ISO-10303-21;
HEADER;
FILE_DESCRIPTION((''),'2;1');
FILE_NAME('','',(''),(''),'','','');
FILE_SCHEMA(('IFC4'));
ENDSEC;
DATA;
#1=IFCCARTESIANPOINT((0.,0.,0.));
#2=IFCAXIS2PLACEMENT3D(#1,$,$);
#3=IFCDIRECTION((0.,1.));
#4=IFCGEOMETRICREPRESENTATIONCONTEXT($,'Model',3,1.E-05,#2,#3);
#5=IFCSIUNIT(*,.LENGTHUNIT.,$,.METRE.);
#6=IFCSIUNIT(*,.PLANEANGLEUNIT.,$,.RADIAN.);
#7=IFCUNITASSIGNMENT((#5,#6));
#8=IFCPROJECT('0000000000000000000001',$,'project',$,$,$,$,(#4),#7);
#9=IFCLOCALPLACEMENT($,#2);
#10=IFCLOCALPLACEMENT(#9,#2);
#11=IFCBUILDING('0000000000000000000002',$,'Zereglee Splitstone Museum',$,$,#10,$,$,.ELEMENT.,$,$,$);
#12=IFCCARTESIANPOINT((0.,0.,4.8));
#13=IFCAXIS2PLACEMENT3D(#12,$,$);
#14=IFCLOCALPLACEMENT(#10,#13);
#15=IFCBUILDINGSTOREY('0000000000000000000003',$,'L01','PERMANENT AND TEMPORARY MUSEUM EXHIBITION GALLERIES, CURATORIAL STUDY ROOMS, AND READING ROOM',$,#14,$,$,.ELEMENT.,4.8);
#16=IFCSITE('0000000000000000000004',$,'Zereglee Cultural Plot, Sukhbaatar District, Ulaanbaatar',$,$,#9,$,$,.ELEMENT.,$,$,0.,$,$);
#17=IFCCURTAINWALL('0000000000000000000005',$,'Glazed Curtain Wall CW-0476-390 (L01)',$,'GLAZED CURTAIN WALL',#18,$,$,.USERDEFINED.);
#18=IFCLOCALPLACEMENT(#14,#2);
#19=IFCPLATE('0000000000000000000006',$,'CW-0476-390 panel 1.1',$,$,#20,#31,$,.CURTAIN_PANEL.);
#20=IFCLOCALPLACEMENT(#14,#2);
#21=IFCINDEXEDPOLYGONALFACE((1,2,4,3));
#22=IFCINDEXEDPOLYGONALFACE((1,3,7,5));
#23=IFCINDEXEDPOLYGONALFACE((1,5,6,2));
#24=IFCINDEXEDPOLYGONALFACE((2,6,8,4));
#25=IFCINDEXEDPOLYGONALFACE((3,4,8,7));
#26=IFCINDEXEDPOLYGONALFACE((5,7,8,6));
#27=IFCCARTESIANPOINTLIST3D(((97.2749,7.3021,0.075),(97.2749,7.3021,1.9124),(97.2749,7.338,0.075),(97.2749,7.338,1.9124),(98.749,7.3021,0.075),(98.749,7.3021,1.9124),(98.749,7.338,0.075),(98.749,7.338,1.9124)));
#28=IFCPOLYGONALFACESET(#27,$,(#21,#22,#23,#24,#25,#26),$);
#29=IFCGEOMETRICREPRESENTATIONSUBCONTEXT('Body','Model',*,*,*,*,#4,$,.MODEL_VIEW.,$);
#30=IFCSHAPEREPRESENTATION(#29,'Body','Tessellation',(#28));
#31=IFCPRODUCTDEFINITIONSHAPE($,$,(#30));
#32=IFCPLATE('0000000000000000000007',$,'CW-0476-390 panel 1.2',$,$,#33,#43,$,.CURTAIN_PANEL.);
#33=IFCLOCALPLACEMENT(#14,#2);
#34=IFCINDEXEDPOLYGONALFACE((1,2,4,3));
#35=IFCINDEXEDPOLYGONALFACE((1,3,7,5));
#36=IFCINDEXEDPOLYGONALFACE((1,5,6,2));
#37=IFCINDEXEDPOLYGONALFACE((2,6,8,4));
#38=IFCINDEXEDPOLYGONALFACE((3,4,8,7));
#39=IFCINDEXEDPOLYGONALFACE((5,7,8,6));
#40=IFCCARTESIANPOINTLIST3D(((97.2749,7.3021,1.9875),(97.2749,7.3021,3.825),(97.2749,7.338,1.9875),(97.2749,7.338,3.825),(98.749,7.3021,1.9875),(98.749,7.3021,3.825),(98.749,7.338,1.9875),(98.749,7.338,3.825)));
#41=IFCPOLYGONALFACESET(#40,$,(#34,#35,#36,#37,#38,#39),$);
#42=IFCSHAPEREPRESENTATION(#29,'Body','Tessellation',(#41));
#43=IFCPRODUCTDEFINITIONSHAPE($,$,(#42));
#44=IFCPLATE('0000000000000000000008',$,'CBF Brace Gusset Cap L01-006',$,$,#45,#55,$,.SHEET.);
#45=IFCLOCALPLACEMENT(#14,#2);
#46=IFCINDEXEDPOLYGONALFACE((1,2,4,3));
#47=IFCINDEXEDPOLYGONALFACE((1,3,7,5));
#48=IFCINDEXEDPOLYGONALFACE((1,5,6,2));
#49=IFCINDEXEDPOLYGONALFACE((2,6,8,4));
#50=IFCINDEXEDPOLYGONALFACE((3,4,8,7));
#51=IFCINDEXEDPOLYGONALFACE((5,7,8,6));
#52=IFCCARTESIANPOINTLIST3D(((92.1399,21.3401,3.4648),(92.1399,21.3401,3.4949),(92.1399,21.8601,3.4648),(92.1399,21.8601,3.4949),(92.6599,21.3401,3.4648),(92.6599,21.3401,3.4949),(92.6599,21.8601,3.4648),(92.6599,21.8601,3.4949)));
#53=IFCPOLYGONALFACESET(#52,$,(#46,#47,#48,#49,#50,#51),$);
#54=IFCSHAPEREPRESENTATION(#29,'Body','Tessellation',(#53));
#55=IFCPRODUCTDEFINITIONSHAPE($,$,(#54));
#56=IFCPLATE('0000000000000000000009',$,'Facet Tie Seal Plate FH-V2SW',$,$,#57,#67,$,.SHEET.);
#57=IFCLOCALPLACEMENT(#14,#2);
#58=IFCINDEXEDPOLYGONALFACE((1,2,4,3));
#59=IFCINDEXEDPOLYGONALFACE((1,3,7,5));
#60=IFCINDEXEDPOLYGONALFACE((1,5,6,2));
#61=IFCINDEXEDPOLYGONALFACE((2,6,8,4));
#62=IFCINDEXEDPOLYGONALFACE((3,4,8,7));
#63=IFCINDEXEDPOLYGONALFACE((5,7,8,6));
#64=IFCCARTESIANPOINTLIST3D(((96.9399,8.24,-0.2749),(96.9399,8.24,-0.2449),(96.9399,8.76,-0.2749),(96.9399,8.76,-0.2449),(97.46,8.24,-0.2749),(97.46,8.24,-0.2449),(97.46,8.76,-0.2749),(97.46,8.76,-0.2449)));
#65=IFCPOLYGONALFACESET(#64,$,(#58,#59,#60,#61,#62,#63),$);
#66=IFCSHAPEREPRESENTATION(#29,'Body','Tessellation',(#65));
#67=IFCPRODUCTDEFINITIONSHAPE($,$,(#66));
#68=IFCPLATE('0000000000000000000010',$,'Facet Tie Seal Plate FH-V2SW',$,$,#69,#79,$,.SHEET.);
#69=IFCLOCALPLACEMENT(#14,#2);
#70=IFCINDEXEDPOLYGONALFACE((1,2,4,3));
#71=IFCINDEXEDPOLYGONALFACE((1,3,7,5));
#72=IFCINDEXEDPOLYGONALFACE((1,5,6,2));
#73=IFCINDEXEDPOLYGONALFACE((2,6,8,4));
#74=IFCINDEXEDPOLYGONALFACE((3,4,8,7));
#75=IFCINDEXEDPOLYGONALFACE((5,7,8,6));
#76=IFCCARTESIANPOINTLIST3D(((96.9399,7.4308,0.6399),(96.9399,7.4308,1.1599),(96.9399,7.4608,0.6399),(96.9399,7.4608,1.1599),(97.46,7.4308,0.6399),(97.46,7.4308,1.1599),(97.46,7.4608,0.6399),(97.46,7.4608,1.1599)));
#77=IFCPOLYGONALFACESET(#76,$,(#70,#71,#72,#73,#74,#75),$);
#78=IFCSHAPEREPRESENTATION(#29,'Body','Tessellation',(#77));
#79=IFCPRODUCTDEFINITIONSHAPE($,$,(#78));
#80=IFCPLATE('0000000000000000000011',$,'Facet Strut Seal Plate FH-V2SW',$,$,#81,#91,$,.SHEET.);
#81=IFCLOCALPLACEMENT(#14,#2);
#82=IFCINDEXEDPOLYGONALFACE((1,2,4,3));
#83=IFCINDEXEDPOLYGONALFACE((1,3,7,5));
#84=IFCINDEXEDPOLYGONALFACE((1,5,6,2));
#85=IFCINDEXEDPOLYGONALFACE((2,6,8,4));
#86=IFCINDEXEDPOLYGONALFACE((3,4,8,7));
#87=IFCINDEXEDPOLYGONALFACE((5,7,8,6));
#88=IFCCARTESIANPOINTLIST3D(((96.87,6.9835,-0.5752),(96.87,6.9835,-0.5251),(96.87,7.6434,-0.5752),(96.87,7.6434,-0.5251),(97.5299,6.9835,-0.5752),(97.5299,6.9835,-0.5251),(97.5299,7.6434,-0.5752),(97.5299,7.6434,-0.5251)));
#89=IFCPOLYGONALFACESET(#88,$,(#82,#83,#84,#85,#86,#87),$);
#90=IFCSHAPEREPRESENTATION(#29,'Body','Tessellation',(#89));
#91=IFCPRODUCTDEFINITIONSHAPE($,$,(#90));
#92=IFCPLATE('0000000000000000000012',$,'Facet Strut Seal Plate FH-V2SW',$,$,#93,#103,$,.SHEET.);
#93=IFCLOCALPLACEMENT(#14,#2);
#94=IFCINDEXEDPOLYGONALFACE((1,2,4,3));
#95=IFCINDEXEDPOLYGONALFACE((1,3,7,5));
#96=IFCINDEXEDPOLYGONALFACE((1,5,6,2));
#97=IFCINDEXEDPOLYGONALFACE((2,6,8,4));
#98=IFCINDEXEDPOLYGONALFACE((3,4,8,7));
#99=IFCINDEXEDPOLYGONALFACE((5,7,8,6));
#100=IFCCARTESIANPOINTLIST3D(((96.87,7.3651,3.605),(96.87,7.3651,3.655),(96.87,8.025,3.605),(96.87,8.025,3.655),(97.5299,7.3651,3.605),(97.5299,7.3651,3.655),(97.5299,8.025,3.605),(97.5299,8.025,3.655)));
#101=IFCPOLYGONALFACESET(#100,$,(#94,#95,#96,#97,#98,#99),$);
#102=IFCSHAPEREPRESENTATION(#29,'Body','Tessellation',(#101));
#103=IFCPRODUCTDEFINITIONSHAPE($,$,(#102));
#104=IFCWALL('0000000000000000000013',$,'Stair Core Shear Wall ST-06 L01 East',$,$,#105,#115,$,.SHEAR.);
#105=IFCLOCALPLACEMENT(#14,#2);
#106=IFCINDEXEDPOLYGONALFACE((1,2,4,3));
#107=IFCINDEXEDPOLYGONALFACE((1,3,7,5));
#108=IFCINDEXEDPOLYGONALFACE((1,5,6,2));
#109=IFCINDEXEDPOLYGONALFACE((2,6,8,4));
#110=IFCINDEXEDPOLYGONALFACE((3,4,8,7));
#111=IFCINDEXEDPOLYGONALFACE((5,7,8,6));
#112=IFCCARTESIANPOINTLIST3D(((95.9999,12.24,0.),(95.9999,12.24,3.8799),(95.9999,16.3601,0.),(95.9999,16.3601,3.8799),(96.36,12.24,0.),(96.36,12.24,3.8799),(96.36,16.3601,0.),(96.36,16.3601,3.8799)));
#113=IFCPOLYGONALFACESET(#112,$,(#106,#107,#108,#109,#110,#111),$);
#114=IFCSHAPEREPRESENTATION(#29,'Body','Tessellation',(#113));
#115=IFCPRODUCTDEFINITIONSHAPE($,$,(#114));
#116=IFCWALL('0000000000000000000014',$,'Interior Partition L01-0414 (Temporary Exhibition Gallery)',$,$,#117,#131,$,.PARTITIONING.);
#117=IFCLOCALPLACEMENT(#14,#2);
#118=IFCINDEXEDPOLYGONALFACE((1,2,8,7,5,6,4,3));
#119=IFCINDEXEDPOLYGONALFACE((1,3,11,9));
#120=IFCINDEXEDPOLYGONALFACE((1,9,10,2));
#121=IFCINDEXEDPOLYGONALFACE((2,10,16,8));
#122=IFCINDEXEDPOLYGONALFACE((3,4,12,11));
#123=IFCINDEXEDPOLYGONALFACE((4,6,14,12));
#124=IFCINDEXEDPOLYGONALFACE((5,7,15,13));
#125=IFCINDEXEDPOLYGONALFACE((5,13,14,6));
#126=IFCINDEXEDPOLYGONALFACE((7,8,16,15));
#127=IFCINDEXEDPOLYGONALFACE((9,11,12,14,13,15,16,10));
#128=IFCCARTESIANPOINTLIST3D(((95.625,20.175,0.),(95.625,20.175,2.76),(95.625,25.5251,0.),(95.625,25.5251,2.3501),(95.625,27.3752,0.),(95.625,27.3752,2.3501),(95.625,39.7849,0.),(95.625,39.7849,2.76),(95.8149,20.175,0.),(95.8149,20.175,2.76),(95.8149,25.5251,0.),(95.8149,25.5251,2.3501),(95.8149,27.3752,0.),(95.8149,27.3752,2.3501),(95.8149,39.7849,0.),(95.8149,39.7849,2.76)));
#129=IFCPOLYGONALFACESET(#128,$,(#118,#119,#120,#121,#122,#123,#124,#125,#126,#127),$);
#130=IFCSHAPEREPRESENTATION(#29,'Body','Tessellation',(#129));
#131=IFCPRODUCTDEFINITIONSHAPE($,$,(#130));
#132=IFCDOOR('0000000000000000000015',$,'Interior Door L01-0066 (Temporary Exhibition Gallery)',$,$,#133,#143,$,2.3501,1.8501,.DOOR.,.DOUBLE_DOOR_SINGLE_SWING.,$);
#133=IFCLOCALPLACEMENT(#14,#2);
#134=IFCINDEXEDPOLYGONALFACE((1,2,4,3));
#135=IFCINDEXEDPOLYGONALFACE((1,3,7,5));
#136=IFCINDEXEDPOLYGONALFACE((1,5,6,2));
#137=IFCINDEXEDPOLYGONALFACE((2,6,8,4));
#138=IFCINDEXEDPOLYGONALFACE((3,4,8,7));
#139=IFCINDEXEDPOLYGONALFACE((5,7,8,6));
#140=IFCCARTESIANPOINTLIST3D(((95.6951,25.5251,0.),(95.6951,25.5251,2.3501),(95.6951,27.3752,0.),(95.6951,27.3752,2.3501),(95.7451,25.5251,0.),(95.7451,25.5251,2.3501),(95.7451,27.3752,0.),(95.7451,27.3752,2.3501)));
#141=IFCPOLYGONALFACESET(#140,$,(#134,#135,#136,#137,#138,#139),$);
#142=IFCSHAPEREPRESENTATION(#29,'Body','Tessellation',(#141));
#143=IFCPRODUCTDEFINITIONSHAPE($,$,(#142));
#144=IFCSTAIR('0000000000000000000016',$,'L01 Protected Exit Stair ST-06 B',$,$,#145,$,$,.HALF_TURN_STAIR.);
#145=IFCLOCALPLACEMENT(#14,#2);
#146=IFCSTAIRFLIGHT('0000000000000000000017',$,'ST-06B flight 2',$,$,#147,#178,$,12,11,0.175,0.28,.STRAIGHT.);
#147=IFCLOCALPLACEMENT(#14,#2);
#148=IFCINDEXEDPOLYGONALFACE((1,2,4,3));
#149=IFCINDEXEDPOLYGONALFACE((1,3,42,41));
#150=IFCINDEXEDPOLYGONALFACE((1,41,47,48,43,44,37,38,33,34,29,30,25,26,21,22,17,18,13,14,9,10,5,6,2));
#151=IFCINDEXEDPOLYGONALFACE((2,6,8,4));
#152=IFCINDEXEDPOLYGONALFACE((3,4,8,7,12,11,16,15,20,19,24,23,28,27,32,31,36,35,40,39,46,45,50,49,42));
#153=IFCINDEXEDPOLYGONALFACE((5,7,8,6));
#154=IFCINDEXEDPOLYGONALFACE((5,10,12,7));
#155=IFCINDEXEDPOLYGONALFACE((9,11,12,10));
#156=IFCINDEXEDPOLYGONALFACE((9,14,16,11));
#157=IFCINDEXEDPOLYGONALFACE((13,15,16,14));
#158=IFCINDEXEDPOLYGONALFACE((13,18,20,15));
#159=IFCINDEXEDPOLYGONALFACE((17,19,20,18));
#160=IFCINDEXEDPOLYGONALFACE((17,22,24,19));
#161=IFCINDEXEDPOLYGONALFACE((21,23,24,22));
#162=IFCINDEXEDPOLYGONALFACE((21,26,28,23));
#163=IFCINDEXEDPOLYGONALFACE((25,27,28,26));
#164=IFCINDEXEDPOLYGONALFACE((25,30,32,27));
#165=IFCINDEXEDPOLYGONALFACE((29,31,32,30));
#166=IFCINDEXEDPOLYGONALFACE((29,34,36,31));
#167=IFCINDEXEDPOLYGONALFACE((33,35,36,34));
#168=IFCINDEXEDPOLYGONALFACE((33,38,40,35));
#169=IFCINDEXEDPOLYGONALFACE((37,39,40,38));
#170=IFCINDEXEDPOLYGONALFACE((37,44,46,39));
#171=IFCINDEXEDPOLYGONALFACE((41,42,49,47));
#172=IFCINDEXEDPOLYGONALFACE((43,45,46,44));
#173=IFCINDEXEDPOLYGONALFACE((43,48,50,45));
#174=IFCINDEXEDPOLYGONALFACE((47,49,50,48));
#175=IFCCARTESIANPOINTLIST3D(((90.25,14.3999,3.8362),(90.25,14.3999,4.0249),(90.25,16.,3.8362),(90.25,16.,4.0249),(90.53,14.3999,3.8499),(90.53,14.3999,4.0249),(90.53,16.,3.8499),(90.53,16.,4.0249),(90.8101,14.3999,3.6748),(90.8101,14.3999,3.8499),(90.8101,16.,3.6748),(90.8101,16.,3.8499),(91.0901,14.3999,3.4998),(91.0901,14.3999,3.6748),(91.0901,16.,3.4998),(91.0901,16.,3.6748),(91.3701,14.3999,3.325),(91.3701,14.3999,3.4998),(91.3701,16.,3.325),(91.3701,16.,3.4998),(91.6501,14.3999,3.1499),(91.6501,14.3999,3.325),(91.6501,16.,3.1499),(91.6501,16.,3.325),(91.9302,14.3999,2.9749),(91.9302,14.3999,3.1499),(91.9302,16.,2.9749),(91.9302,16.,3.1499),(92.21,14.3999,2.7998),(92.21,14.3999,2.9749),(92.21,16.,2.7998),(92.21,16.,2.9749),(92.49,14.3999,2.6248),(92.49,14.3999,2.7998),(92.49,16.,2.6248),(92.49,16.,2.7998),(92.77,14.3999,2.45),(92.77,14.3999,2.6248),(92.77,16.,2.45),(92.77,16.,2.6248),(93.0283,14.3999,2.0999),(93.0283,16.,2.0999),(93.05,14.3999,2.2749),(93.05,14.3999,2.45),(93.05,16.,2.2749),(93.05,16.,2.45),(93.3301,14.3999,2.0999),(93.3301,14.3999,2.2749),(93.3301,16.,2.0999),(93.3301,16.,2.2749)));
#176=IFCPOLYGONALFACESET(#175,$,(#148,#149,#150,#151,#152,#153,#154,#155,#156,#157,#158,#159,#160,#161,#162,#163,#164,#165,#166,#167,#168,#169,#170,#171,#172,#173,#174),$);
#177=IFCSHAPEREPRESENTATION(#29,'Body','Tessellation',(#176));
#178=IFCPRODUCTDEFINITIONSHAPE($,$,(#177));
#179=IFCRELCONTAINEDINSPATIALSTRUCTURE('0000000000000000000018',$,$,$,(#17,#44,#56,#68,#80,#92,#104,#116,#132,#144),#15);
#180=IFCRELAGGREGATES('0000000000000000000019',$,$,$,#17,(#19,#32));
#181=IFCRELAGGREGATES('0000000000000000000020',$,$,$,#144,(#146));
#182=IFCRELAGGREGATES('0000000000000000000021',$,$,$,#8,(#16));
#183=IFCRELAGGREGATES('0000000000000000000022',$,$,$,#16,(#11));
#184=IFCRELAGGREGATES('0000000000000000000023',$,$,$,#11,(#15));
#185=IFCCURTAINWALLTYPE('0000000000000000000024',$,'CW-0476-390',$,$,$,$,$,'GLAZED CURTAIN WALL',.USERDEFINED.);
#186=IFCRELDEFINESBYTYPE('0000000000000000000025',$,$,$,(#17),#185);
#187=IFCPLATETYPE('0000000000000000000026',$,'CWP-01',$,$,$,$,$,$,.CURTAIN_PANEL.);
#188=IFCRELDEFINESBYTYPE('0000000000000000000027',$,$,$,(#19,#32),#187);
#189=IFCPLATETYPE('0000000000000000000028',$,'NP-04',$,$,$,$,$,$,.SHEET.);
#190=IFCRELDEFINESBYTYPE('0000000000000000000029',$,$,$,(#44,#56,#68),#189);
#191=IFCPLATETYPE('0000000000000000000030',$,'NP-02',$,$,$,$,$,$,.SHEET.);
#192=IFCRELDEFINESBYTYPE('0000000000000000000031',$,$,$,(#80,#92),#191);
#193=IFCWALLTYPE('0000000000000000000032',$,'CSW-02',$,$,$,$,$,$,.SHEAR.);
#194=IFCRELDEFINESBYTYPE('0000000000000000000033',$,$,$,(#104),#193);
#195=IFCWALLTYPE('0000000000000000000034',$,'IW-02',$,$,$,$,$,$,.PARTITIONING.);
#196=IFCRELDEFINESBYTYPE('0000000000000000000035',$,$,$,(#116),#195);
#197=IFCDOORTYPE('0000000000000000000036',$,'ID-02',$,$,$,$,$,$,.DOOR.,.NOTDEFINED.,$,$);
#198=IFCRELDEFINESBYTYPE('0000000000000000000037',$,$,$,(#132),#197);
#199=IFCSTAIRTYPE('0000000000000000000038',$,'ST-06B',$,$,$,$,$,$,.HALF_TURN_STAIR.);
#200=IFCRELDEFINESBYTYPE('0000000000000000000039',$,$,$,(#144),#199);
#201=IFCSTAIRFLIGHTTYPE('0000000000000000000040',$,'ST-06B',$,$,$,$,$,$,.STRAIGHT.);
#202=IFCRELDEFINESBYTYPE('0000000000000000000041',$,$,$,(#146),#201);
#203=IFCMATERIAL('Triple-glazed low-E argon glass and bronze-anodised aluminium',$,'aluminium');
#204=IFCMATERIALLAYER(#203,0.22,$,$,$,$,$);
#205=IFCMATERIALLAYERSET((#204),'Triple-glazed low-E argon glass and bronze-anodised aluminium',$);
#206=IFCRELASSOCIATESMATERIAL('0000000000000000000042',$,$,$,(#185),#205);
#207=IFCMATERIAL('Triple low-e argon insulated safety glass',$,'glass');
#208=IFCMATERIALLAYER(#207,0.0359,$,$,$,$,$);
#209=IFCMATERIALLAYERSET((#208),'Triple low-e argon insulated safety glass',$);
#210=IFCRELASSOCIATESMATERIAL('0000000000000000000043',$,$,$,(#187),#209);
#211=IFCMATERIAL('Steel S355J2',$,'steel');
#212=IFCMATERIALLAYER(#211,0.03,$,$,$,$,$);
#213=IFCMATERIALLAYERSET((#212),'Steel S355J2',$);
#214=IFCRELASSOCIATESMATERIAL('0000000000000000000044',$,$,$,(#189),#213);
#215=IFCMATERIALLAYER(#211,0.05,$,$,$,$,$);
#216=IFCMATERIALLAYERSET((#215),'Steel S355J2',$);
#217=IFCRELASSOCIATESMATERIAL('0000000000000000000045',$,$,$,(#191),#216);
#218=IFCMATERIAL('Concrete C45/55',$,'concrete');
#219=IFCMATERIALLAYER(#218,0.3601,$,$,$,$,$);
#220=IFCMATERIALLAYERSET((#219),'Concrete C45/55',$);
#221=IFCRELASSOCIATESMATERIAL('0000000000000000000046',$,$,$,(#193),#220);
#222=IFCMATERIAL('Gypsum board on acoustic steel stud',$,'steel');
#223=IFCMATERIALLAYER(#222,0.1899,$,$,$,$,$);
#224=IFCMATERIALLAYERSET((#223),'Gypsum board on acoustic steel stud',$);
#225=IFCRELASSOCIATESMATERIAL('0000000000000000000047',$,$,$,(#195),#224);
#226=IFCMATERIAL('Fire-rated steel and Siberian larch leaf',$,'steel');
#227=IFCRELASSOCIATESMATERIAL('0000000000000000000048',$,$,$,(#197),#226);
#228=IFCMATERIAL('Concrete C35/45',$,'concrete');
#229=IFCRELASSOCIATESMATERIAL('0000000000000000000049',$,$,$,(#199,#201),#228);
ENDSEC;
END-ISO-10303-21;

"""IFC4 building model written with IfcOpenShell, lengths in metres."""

from ifc_helpers import new_model, si_unit, direction, frame, frame_2d, origin, origin_2d, place, context, subcontext, project, spatial, polyline, rectangle, outline, extrude, material, layer, layer_set, type_object, element, fill, aggregate, save


model = new_model("IFC4")

# Units and contexts
model_context = context("Model", 3, precision=1e-05, world=origin(), true_north=direction((0.0, 1.0)))
body_context = subcontext(model_context, "Body", "Model", "MODEL_VIEW")
ifc_project = project(units=[si_unit("LENGTHUNIT", "METRE"), si_unit("PLANEANGLEUNIT", "RADIAN")], contexts=[model_context])

# Site, building, storey
site_placement = place(None, origin())
site = spatial("IfcSite", under=ifc_project, at=site_placement, Name="Zereglee Cultural Plot, Sukhbaatar District, Ulaanbaatar", CompositionType="ELEMENT", RefElevation=0.0)
building_placement = place(site_placement, origin())
building = spatial("IfcBuilding", under=site, at=building_placement, Name="Zereglee Splitstone Museum", CompositionType="ELEMENT")
storey_placement = place(building_placement, frame((0.0, 0.0, 4.8)))
storey = spatial("IfcBuildingStorey", under=building, at=storey_placement, Name="L01", Description="PERMANENT AND TEMPORARY MUSEUM EXHIBITION GALLERIES, CURATORIAL STUDY ROOMS, AND READING ROOM", CompositionType="ELEMENT", Elevation=4.8)

# Shared definitions
ifc_material_1 = material(Name="Steel S355J2", Category="steel")

# Curtain wall
ifc_material_2 = material(Name="Triple-glazed low-E argon glass and bronze-anodised aluminium", Category="aluminium")
ifc_layer_1 = layer(ifc_material_2, 0.22)
ifc_layer_set_1 = layer_set([ifc_layer_1], Name="Triple-glazed low-E argon glass and bronze-anodised aluminium")
curtain_wall_type = type_object("IfcCurtainWallType", Name="CW-0476-390", ElementType="GLAZED CURTAIN WALL", PredefinedType="USERDEFINED", material=ifc_layer_set_1)
curtain_wall_placement = place(storey_placement, origin())
curtain_wall = element("IfcCurtainWall", 1, at=curtain_wall_placement, inside=storey, type_object=curtain_wall_type, Name="Glazed Curtain Wall CW-0476-390 (L01)", ObjectType="GLAZED CURTAIN WALL", PredefinedType="USERDEFINED")

# Plates
ifc_material_3 = material(Name="Triple low-e argon insulated safety glass", Category="glass")
ifc_layer_2 = layer(ifc_material_3, 0.0359)
ifc_layer_set_2 = layer_set([ifc_layer_2], Name="Triple low-e argon insulated safety glass")
plate_type_1 = type_object("IfcPlateType", Name="CWP-01", PredefinedType="CURTAIN_PANEL", material=ifc_layer_set_2)
plate_1_placement = place(storey_placement, frame((98.012, 7.3201, 0.075), z_axis=(0.0, 0.0, 1.0), x_axis=(1.0, 0.0, 0.0)))
plate_1 = element("IfcPlate", 2, at=plate_1_placement, type_object=plate_type_1, Name="CW-0476-390 panel 1.1", PredefinedType="CURTAIN_PANEL", context=body_context, shape_type="SweptSolid", body=[
    extrude(rectangle(XDim=1.4741, YDim=0.0359, at=origin_2d()), origin(), (0.0, 0.0, 1.0), 1.8374),
])
plate_2_placement = place(storey_placement, frame((98.012, 7.3201, 1.9875), z_axis=(0.0, 0.0, 1.0), x_axis=(1.0, 0.0, 0.0)))
plate_2 = element("IfcPlate", 3, at=plate_2_placement, type_object=plate_type_1, Name="CW-0476-390 panel 1.2", PredefinedType="CURTAIN_PANEL", context=body_context, shape_type="SweptSolid", body=[
    extrude(rectangle(XDim=1.4741, YDim=0.0359, at=origin_2d()), origin(), (0.0, 0.0, 1.0), 1.8374),
])
aggregate(curtain_wall, [plate_1, plate_2])

# Plates
ifc_layer_3 = layer(ifc_material_1, 0.03)
ifc_layer_set_3 = layer_set([ifc_layer_3], Name="Steel S355J2")
plate_type_2 = type_object("IfcPlateType", Name="NP-04", PredefinedType="SHEET", material=ifc_layer_set_3)
for number, where, z_axis, x_axis, name in (
    (4, (92.3999, 21.6001, 3.4648), (0.0, 0.0, 1.0), (1.0, 0.0, 0.0), "CBF Brace Gusset Cap L01-006"),
    (5, (97.2, 8.5, -0.2749), (0.0, 0.0, 1.0), (1.0, 0.0, 0.0), "Facet Tie Seal Plate FH-V2SW"),
):
    element("IfcPlate", number, at=place(storey_placement, frame(where, z_axis=z_axis, x_axis=x_axis)), inside=storey, type_object=plate_type_2, Name=name, PredefinedType="SHEET", context=body_context, shape_type="SweptSolid", body=[
        extrude(rectangle(XDim=0.52, YDim=0.52, at=origin_2d()), origin(), (0.0, 0.0, 1.0), 0.03),
    ])
plate_3_placement = place(storey_placement, frame((97.2, 7.4458, 0.6399), z_axis=(0.0, 0.0, 1.0), x_axis=(1.0, 0.0, 0.0)))
element("IfcPlate", 6, at=plate_3_placement, inside=storey, type_object=plate_type_2, Name="Facet Tie Seal Plate FH-V2SW", PredefinedType="SHEET", context=body_context, shape_type="SweptSolid", body=[
    extrude(rectangle(XDim=0.52, YDim=0.03, at=origin_2d()), origin(), (0.0, 0.0, 1.0), 0.52),
])
ifc_layer_4 = layer(ifc_material_1, 0.05)
ifc_layer_set_4 = layer_set([ifc_layer_4], Name="Steel S355J2")
plate_type_3 = type_object("IfcPlateType", Name="NP-02", PredefinedType="SHEET", material=ifc_layer_set_4)
for number, where, z_axis, x_axis, name in (
    (7, (97.2, 7.3135, -0.5752), (0.0, 0.0, 1.0), (1.0, 0.0, 0.0), "Facet Strut Seal Plate FH-V2SW"),
    (8, (97.2, 7.6951, 3.605), (0.0, 0.0, 1.0), (1.0, 0.0, 0.0), "Facet Strut Seal Plate FH-V2SW"),
):
    element("IfcPlate", number, at=place(storey_placement, frame(where, z_axis=z_axis, x_axis=x_axis)), inside=storey, type_object=plate_type_3, Name=name, PredefinedType="SHEET", context=body_context, shape_type="SweptSolid", body=[
        extrude(rectangle(XDim=0.6599, YDim=0.6599, at=origin_2d()), origin(), (0.0, 0.0, 1.0), 0.05),
    ])

# Wall
ifc_material_4 = material(Name="Concrete C45/55", Category="concrete")
ifc_layer_5 = layer(ifc_material_4, 0.3601)
ifc_layer_set_5 = layer_set([ifc_layer_5], Name="Concrete C45/55")
wall_type_1 = type_object("IfcWallType", Name="CSW-02", PredefinedType="SHEAR", material=ifc_layer_set_5)
wall_1_placement = place(storey_placement, frame((96.1799, 12.24, 0.0), z_axis=(0.0, 0.0, 1.0), x_axis=(0.0, 1.0, 0.0)))
element("IfcWall", 9, at=wall_1_placement, inside=storey, type_object=wall_type_1, Name="Stair Core Shear Wall ST-06 L01 East", PredefinedType="SHEAR", context=body_context, shape_type="SweptSolid", body=[
    extrude(rectangle(XDim=4.1201, YDim=0.3601, at=frame_2d((2.0601, 0.0))), origin(), (0.0, 0.0, 1.0), 3.8799),
])

# Wall, opening, door
ifc_material_5 = material(Name="Gypsum board on acoustic steel stud", Category="steel")
ifc_layer_6 = layer(ifc_material_5, 0.1899)
ifc_layer_set_6 = layer_set([ifc_layer_6], Name="Gypsum board on acoustic steel stud")
wall_type_2 = type_object("IfcWallType", Name="IW-02", PredefinedType="PARTITIONING", material=ifc_layer_set_6)
wall_2_placement = place(storey_placement, frame((95.72, 20.175, 0.0), z_axis=(0.0, 0.0, 1.0), x_axis=(0.0, 1.0, 0.0)))
wall_2 = element("IfcWall", 10, at=wall_2_placement, inside=storey, type_object=wall_type_2, Name="Interior Partition L01-0414 (Temporary Exhibition Gallery)", PredefinedType="PARTITIONING", context=body_context, shape_type="SweptSolid", body=[
    extrude(rectangle(XDim=19.6099, YDim=0.1899, at=frame_2d((9.8049, 0.0))), origin(), (0.0, 0.0, 1.0), 2.76),
])
opening_placement = place(wall_2_placement, frame((5.3501, 0.0, 0.0)))
opening = element("IfcOpeningElement", 11, at=opening_placement, cuts=wall_2, PredefinedType="OPENING", context=body_context, shape_type="SweptSolid", body=[
    extrude(rectangle(XDim=1.8501, YDim=2.3501, at=frame_2d((0.925, 1.175))), frame((0.0, 0.1099, 0.0), z_axis=(0.0, -1.0, 0.0), x_axis=(1.0, 0.0, 0.0)), (0.0, 0.0, 1.0), 0.2197),
])
ifc_material_6 = material(Name="Fire-rated steel and Siberian larch leaf", Category="steel")
door_type = type_object("IfcDoorType", Name="ID-02", OperationType="NOTDEFINED", PredefinedType="DOOR", material=ifc_material_6)
door_placement = place(opening_placement, origin())
door = element("IfcDoor", 12, at=door_placement, inside=storey, type_object=door_type, Name="Interior Door L01-0066 (Temporary Exhibition Gallery)", OperationType="DOUBLE_DOOR_SINGLE_SWING", OverallHeight=2.3501, OverallWidth=1.8501, PredefinedType="DOOR", context=body_context, shape_type="SweptSolid", body=[
    extrude(rectangle(XDim=1.8501, YDim=2.3501, at=frame_2d((0.925, 1.175))), frame((0.0, 0.0249, 0.0), z_axis=(0.0, -1.0, 0.0), x_axis=(1.0, 0.0, 0.0)), (0.0, 0.0, 1.0), 0.05),
])
fill(opening, door)

# Stair, stair flight
ifc_material_7 = material(Name="Concrete C35/45", Category="concrete")
stair_type = type_object("IfcStairType", Name="ST-06B", PredefinedType="HALF_TURN_STAIR", material=ifc_material_7)
stair_placement = place(storey_placement, origin())
stair = element("IfcStair", 13, at=stair_placement, inside=storey, type_object=stair_type, Name="L01 Protected Exit Stair ST-06 B", PredefinedType="HALF_TURN_STAIR")
stair_flight_type = type_object("IfcStairFlightType", Name="ST-06B", PredefinedType="STRAIGHT", material=ifc_material_7)
stair_flight_placement = place(storey_placement, frame((93.3301, 15.2, 2.0999), z_axis=(0.0, 0.0, 1.0), x_axis=(-1.0, 0.0, 0.0)))
stair_flight = element("IfcStairFlight", 14, at=stair_flight_placement, type_object=stair_flight_type, Name="ST-06B flight 2", NumberOfRisers=12, NumberOfTreads=11, PredefinedType="STRAIGHT", RiserHeight=0.175, TreadLength=0.28, context=body_context, shape_type="SweptSolid", body=[
    extrude(outline(polyline([(0.0, 0.0), (0.0, 0.175), (0.28, 0.175), (0.28, 0.3501), (0.5601, 0.3501), (0.5601, 0.5249), (0.8401, 0.5249), (0.8401, 0.7), (1.1201, 0.7), (1.1201, 0.875), (1.3999, 0.875), (1.3999, 1.05), (1.6799, 1.05), (1.6799, 1.2251), (1.96, 1.2251), (1.96, 1.3999), (2.24, 1.3999), (2.24, 1.575), (2.52, 1.575), (2.52, 1.75), (2.8, 1.75), (2.8, 1.925), (3.0801, 1.925), (3.0801, 2.1001), (3.0801, 1.7363), (0.3018, 0.0), (0.0, 0.0)])), frame((0.0, 0.8, 0.0), z_axis=(0.0, -1.0, 0.0), x_axis=(1.0, 0.0, 0.0)), (0.0, 0.0, 1.0), 1.6001),
])
aggregate(stair, [stair_flight])

save(model, "model.ifc")
